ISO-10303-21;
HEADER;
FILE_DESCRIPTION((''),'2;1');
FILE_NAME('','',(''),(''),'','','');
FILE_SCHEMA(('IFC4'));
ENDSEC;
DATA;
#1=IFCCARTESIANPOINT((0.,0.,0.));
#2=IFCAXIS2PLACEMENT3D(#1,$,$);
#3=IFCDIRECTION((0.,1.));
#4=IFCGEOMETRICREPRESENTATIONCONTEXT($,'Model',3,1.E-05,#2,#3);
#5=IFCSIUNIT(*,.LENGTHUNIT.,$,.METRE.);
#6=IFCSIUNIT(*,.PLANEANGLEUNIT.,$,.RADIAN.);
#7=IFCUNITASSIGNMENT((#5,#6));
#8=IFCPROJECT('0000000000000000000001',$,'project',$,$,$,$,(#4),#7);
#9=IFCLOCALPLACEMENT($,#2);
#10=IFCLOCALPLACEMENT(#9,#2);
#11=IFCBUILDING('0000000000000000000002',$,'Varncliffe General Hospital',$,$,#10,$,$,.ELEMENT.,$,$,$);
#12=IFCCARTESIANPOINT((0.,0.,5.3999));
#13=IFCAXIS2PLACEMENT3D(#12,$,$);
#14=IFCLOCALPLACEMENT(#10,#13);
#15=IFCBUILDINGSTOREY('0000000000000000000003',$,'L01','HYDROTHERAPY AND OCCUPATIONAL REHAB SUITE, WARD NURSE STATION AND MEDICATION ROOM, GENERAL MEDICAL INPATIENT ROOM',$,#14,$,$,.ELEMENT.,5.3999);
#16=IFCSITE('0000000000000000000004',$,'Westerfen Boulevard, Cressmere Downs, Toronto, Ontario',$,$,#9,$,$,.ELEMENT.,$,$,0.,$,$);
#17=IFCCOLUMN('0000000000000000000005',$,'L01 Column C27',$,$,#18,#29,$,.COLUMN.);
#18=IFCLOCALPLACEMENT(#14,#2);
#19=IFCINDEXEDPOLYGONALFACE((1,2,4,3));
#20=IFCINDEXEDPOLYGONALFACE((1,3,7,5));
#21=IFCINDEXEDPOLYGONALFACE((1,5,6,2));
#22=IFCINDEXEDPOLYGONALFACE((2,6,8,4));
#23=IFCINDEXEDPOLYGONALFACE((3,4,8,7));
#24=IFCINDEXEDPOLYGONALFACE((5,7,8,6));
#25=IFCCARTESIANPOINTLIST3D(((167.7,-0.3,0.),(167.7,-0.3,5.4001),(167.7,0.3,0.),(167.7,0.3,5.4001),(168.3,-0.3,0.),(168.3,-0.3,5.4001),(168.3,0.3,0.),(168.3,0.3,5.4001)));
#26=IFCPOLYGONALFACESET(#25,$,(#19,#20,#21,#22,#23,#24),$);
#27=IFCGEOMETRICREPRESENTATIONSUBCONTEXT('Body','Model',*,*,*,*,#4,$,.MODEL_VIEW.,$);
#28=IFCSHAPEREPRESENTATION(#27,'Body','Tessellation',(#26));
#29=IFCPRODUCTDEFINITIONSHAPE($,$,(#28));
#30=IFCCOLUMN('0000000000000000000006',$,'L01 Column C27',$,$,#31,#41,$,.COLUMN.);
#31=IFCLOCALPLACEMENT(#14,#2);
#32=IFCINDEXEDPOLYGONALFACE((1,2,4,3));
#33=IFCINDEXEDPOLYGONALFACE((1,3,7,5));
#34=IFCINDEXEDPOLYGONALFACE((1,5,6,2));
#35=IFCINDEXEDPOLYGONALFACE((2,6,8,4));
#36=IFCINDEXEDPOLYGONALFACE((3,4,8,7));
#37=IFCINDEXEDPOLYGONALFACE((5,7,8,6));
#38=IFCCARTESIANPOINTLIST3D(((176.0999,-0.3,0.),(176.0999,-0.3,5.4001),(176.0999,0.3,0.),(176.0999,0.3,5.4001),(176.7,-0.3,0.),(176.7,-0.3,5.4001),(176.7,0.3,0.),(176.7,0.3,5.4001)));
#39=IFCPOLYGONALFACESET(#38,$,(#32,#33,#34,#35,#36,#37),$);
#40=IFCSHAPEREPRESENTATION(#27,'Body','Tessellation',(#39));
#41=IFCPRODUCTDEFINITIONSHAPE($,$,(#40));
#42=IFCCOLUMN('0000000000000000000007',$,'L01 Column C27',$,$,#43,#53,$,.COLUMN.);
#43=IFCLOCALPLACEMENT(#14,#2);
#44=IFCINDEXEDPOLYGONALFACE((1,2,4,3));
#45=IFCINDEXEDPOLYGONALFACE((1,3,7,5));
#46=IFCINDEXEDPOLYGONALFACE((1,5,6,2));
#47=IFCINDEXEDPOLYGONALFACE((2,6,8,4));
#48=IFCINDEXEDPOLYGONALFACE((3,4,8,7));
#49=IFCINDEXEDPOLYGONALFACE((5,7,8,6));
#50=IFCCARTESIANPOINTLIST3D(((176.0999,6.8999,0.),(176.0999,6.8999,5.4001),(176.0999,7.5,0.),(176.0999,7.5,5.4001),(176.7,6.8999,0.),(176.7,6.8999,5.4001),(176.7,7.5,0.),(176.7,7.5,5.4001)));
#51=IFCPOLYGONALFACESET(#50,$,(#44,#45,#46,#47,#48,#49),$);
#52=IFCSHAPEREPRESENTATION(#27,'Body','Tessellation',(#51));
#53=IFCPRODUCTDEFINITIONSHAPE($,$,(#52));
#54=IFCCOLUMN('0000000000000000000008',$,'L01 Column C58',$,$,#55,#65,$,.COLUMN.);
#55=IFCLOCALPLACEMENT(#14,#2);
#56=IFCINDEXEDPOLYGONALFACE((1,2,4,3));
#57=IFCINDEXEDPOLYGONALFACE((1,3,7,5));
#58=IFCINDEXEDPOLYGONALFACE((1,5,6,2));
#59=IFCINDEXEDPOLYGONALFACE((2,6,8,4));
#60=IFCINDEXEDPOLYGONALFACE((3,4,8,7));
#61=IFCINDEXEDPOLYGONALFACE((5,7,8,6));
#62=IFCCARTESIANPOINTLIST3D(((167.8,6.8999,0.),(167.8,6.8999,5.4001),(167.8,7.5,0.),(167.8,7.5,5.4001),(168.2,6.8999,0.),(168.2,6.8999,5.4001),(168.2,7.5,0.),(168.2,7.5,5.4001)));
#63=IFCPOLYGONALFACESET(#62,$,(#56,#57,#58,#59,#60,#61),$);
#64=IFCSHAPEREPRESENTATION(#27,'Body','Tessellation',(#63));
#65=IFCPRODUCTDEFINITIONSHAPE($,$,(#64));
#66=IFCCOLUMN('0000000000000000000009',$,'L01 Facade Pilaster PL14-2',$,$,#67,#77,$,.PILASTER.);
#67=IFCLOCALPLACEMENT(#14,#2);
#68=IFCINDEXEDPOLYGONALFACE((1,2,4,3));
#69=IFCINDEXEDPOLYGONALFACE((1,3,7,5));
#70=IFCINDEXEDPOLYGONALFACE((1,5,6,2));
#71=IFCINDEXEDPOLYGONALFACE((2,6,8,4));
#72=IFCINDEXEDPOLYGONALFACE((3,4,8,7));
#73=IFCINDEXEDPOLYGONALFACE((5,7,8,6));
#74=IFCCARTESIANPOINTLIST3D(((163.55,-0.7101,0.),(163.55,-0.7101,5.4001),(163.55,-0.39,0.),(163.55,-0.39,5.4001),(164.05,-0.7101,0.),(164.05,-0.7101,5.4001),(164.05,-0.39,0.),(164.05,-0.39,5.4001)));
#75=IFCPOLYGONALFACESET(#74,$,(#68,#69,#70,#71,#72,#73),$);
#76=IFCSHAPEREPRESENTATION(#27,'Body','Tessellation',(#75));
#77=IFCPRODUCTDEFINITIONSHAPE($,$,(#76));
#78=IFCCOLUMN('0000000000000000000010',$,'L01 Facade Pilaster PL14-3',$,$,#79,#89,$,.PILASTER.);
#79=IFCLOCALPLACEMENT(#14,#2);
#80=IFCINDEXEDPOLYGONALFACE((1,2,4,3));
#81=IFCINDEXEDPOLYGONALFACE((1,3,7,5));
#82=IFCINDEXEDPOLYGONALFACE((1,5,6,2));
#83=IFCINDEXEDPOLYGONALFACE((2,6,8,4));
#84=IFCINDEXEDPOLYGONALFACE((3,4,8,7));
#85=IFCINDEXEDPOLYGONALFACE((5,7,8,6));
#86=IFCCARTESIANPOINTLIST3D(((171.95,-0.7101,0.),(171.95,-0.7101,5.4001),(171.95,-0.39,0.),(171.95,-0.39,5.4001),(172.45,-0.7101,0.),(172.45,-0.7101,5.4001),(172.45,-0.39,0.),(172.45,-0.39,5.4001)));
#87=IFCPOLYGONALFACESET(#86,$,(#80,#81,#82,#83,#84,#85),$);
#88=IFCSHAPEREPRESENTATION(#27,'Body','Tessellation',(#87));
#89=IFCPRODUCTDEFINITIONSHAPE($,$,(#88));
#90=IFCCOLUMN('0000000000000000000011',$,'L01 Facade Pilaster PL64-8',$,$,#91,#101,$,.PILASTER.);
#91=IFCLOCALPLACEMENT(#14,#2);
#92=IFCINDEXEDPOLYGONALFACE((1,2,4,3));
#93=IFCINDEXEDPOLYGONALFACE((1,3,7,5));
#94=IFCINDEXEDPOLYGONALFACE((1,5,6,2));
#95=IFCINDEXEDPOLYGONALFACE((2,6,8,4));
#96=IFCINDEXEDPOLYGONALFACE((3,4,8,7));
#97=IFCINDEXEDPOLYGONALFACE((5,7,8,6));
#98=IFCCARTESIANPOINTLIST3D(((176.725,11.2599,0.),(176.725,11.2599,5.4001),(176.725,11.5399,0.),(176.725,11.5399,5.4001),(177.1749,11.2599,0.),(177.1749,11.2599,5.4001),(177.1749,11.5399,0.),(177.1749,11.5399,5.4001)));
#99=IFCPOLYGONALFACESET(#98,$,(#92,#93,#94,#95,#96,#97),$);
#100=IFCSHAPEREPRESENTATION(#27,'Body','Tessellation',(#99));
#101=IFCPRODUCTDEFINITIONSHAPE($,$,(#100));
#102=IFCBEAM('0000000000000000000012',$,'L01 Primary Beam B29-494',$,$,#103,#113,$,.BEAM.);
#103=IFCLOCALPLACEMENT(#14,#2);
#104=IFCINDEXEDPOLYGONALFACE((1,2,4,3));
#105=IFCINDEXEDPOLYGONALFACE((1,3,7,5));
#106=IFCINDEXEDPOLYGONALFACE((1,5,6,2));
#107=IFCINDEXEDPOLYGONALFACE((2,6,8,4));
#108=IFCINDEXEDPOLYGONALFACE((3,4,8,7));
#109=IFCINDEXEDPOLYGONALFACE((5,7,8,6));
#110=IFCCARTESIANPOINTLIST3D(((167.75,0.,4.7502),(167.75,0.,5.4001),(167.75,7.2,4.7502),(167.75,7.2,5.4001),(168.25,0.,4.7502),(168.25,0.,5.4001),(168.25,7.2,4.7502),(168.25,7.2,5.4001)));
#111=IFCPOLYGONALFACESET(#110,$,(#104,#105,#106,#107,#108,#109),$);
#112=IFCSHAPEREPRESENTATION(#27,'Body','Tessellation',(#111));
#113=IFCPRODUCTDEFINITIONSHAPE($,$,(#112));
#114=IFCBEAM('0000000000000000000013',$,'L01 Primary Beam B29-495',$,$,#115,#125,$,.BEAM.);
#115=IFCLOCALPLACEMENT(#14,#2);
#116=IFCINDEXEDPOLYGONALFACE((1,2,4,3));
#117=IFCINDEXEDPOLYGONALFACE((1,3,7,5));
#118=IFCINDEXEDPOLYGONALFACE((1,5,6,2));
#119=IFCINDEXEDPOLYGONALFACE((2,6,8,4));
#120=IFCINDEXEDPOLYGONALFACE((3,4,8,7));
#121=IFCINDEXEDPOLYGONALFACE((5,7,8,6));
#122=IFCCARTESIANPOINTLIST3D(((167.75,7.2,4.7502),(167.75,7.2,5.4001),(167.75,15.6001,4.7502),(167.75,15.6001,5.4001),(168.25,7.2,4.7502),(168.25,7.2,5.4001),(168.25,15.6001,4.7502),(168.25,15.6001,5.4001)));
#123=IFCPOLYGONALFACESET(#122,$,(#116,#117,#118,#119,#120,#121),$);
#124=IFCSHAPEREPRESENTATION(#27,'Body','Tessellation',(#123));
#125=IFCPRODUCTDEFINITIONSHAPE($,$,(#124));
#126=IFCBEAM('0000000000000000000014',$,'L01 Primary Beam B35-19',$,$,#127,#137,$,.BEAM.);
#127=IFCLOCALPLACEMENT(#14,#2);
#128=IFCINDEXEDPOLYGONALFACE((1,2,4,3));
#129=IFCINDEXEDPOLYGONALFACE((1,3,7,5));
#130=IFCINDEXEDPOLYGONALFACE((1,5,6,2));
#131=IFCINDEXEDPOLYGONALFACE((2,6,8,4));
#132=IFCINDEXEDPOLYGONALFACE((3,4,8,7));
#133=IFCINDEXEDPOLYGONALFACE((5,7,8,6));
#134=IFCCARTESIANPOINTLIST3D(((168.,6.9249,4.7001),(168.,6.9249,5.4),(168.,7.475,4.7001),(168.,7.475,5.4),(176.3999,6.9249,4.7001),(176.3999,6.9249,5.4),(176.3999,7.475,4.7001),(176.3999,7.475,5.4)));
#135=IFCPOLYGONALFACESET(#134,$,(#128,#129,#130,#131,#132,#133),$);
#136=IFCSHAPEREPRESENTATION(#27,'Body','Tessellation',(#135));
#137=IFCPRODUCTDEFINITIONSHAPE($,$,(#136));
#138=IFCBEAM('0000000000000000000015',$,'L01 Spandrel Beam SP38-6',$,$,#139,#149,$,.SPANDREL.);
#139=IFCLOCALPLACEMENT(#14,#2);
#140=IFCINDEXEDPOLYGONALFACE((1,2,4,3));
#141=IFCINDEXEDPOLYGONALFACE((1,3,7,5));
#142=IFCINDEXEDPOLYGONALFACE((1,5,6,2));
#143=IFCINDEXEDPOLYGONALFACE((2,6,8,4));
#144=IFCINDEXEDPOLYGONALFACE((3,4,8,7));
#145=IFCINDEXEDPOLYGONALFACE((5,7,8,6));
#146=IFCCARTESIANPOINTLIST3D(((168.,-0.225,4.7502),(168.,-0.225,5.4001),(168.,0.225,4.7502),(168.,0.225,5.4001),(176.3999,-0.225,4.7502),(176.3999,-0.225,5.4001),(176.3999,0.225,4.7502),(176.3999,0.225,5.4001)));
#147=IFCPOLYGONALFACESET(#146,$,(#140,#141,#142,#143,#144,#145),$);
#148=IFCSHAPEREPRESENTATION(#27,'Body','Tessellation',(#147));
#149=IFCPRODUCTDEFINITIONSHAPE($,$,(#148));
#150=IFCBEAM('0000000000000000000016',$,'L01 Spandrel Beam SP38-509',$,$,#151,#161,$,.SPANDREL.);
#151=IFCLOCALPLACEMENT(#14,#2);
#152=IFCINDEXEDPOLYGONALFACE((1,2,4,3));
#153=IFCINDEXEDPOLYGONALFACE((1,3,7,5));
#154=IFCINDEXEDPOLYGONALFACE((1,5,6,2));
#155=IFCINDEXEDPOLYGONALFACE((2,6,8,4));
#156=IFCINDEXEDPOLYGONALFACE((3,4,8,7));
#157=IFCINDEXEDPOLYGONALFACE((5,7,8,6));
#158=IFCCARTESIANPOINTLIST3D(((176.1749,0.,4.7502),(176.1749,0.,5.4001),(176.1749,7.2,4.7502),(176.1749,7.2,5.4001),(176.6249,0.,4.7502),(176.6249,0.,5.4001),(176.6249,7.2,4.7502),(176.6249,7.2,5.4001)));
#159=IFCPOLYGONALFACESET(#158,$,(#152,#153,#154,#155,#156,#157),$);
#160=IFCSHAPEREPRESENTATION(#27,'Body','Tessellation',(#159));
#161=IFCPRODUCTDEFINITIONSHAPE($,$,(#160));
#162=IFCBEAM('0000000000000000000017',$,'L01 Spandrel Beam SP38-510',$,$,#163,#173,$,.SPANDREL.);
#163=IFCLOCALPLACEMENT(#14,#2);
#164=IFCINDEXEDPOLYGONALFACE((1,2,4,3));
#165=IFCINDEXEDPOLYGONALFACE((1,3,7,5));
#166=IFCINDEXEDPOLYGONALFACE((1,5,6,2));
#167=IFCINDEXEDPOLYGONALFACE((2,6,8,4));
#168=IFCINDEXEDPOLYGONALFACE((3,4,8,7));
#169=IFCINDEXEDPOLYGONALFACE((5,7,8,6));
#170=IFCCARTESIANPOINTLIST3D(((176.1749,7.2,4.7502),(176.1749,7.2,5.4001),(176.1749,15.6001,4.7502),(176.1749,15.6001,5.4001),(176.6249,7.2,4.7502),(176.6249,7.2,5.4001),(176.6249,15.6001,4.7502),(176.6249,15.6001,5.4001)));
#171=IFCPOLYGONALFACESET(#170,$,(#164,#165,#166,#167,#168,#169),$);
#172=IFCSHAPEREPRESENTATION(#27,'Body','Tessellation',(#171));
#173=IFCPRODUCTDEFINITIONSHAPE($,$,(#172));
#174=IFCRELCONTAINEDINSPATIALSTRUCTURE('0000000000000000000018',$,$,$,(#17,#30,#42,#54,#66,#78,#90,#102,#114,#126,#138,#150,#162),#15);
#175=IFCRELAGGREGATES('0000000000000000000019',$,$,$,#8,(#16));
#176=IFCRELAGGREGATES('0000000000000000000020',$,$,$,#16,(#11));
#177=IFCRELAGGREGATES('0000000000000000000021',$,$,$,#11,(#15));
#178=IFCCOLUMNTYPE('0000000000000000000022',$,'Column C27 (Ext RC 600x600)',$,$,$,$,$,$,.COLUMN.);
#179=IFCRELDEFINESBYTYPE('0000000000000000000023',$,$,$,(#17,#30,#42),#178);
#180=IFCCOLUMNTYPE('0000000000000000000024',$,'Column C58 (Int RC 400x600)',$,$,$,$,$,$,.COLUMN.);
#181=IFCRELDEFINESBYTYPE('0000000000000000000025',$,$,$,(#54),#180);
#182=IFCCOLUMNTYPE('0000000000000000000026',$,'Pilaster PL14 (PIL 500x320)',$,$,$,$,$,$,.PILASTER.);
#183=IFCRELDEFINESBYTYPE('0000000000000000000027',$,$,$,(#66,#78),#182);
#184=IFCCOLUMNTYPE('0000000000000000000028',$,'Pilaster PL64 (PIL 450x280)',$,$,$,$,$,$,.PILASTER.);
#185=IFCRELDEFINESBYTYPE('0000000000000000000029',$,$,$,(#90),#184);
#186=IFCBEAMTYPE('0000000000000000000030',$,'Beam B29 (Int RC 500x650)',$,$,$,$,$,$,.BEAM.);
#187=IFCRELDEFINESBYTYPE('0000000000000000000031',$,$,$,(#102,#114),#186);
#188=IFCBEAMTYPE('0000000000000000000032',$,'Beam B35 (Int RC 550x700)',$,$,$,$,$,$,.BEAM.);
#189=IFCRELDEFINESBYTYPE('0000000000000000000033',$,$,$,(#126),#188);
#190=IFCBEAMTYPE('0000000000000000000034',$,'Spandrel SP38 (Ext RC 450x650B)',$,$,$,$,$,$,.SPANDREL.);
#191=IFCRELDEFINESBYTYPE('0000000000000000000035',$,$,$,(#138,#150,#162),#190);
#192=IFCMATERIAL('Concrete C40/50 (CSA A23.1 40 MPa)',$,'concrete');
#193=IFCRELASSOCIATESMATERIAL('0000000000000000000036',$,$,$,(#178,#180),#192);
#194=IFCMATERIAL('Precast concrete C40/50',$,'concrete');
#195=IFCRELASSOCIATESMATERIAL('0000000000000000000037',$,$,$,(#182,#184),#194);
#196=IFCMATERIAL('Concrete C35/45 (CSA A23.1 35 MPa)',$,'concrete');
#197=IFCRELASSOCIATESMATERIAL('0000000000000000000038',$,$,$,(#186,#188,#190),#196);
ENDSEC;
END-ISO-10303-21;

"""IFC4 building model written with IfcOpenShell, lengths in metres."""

from ifc_helpers import new_model, si_unit, direction, frame, origin, origin_2d, place, context, subcontext, project, spatial, rectangle, extrude, material, material_profile, profile_set, type_object, element, save


model = new_model("IFC4")

# Units and contexts
model_context = context("Model", 3, precision=1e-05, world=origin(), true_north=direction((0.0, 1.0)))
body_context = subcontext(model_context, "Body", "Model", "MODEL_VIEW")
ifc_project = project(units=[si_unit("LENGTHUNIT", "METRE"), si_unit("PLANEANGLEUNIT", "RADIAN")], contexts=[model_context])

# Site, building, storey
site_placement = place(None, origin())
site = spatial("IfcSite", under=ifc_project, at=site_placement, Name="Westerfen Boulevard, Cressmere Downs, Toronto, Ontario", CompositionType="ELEMENT", RefElevation=0.0)
building_placement = place(site_placement, origin())
building = spatial("IfcBuilding", under=site, at=building_placement, Name="Varncliffe General Hospital", CompositionType="ELEMENT")
storey_placement = place(building_placement, frame((0.0, 0.0, 5.3999)))
storey = spatial("IfcBuildingStorey", under=building, at=storey_placement, Name="L01", Description="HYDROTHERAPY AND OCCUPATIONAL REHAB SUITE, WARD NURSE STATION AND MEDICATION ROOM, GENERAL MEDICAL INPATIENT ROOM", CompositionType="ELEMENT", Elevation=5.3999)

# Columns
ifc_material_1 = material(Name="Concrete C40/50 (CSA A23.1 40 MPa)", Category="concrete")
ifc_material_profile_1 = material_profile(ifc_material_1, rectangle(XDim=0.6001, YDim=0.6001, at=origin_2d()), Name="RC 600x600")
ifc_profile_set_1 = profile_set([ifc_material_profile_1], Name="Concrete C40/50 (CSA A23.1 40 MPa)")
column_type_1 = type_object("IfcColumnType", Name="Column C27 (Ext RC 600x600)", PredefinedType="COLUMN", material=ifc_profile_set_1)
for number, where, z_axis, x_axis, name in (
    (1, (168.0, 0.0, 0.0), (0.0, 0.0, 1.0), (1.0, 0.0, 0.0), "L01 Column C27"),
    (2, (176.3999, 0.0, 0.0), (0.0, 0.0, 1.0), (1.0, 0.0, 0.0), "L01 Column C27"),
    (3, (176.3999, 7.2, 0.0), (0.0, 0.0, 1.0), (1.0, 0.0, 0.0), "L01 Column C27"),
):
    element("IfcColumn", number, at=place(storey_placement, frame(where, z_axis=z_axis, x_axis=x_axis)), inside=storey, type_object=column_type_1, Name=name, PredefinedType="COLUMN", context=body_context, shape_type="SweptSolid", body=[
        extrude(rectangle(XDim=0.6001, YDim=0.6001, at=origin_2d()), origin(), (0.0, 0.0, 1.0), 5.4001),
    ])
ifc_material_profile_2 = material_profile(ifc_material_1, rectangle(XDim=0.3999, YDim=0.6001, at=origin_2d()), Name="RC 400x600")
ifc_profile_set_2 = profile_set([ifc_material_profile_2], Name="Concrete C40/50 (CSA A23.1 40 MPa)")
column_type_2 = type_object("IfcColumnType", Name="Column C58 (Int RC 400x600)", PredefinedType="COLUMN", material=ifc_profile_set_2)
column_1_placement = place(storey_placement, frame((168.0, 7.2, 0.0), z_axis=(0.0, 0.0, 1.0), x_axis=(1.0, 0.0, 0.0)))
element("IfcColumn", 4, at=column_1_placement, inside=storey, type_object=column_type_2, Name="L01 Column C58", PredefinedType="COLUMN", context=body_context, shape_type="SweptSolid", body=[
    extrude(rectangle(XDim=0.3999, YDim=0.6001, at=origin_2d()), origin(), (0.0, 0.0, 1.0), 5.4001),
])
ifc_material_2 = material(Name="Precast concrete C40/50", Category="concrete")
ifc_material_profile_3 = material_profile(ifc_material_2, rectangle(XDim=0.5, YDim=0.3201, at=origin_2d()), Name="PIL 500x320")
ifc_profile_set_3 = profile_set([ifc_material_profile_3], Name="Precast concrete C40/50")
column_type_3 = type_object("IfcColumnType", Name="Pilaster PL14 (PIL 500x320)", PredefinedType="PILASTER", material=ifc_profile_set_3)
for number, where, z_axis, x_axis, name in (
    (5, (163.8, -0.55, 0.0), (0.0, 0.0, 1.0), (1.0, 0.0, 0.0), "L01 Facade Pilaster PL14-2"),
    (6, (172.2, -0.55, 0.0), (0.0, 0.0, 1.0), (1.0, 0.0, 0.0), "L01 Facade Pilaster PL14-3"),
):
    element("IfcColumn", number, at=place(storey_placement, frame(where, z_axis=z_axis, x_axis=x_axis)), inside=storey, type_object=column_type_3, Name=name, PredefinedType="PILASTER", context=body_context, shape_type="SweptSolid", body=[
        extrude(rectangle(XDim=0.5, YDim=0.3201, at=origin_2d()), origin(), (0.0, 0.0, 1.0), 5.4001),
    ])
ifc_material_profile_4 = material_profile(ifc_material_2, rectangle(XDim=0.45, YDim=0.28, at=origin_2d()), Name="PIL 450x280")
ifc_profile_set_4 = profile_set([ifc_material_profile_4], Name="Precast concrete C40/50")
column_type_4 = type_object("IfcColumnType", Name="Pilaster PL64 (PIL 450x280)", PredefinedType="PILASTER", material=ifc_profile_set_4)
column_2_placement = place(storey_placement, frame((176.95, 11.3999, 0.0), z_axis=(0.0, 0.0, 1.0), x_axis=(1.0, 0.0, 0.0)))
element("IfcColumn", 7, at=column_2_placement, inside=storey, type_object=column_type_4, Name="L01 Facade Pilaster PL64-8", PredefinedType="PILASTER", context=body_context, shape_type="SweptSolid", body=[
    extrude(rectangle(XDim=0.45, YDim=0.28, at=origin_2d()), origin(), (0.0, 0.0, 1.0), 5.4001),
])

# Beams
ifc_material_3 = material(Name="Concrete C35/45 (CSA A23.1 35 MPa)", Category="concrete")
ifc_material_profile_5 = material_profile(ifc_material_3, rectangle(XDim=0.5, YDim=0.6499, at=origin_2d()), Name="RC 500x650")
ifc_profile_set_5 = profile_set([ifc_material_profile_5], Name="Concrete C35/45 (CSA A23.1 35 MPa)")
beam_type_1 = type_object("IfcBeamType", Name="Beam B29 (Int RC 500x650)", PredefinedType="BEAM", material=ifc_profile_set_5)
beam_1_placement = place(storey_placement, frame((168.0, 0.0, 5.0752), z_axis=(0.0, 1.0, 0.0), x_axis=(-1.0, 0.0, 0.0)))
element("IfcBeam", 8, at=beam_1_placement, inside=storey, type_object=beam_type_1, Name="L01 Primary Beam B29-494", PredefinedType="BEAM", context=body_context, shape_type="SweptSolid", body=[
    extrude(rectangle(XDim=0.5, YDim=0.6499, at=origin_2d()), origin(), (0.0, 0.0, 1.0), 7.2),
])
beam_2_placement = place(storey_placement, frame((168.0, 7.2, 5.0752), z_axis=(0.0, 1.0, 0.0), x_axis=(-1.0, 0.0, 0.0)))
element("IfcBeam", 9, at=beam_2_placement, inside=storey, type_object=beam_type_1, Name="L01 Primary Beam B29-495", PredefinedType="BEAM", context=body_context, shape_type="SweptSolid", body=[
    extrude(rectangle(XDim=0.5, YDim=0.6499, at=origin_2d()), origin(), (0.0, 0.0, 1.0), 8.4001),
])
ifc_material_profile_6 = material_profile(ifc_material_3, rectangle(XDim=0.55, YDim=0.7, at=origin_2d()), Name="RC 550x700")
ifc_profile_set_6 = profile_set([ifc_material_profile_6], Name="Concrete C35/45 (CSA A23.1 35 MPa)")
beam_type_2 = type_object("IfcBeamType", Name="Beam B35 (Int RC 550x700)", PredefinedType="BEAM", material=ifc_profile_set_6)
beam_3_placement = place(storey_placement, frame((168.0, 7.2, 5.05), z_axis=(1.0, 0.0, 0.0), x_axis=(0.0, 1.0, 0.0)))
element("IfcBeam", 10, at=beam_3_placement, inside=storey, type_object=beam_type_2, Name="L01 Primary Beam B35-19", PredefinedType="BEAM", context=body_context, shape_type="SweptSolid", body=[
    extrude(rectangle(XDim=0.55, YDim=0.7, at=origin_2d()), origin(), (0.0, 0.0, 1.0), 8.3999),
])
ifc_material_profile_7 = material_profile(ifc_material_3, rectangle(XDim=0.45, YDim=0.6499, at=origin_2d()), Name="RC 450x650")
ifc_profile_set_7 = profile_set([ifc_material_profile_7], Name="Concrete C35/45 (CSA A23.1 35 MPa)")
beam_type_3 = type_object("IfcBeamType", Name="Spandrel SP38 (Ext RC 450x650B)", PredefinedType="SPANDREL", material=ifc_profile_set_7)
beam_4_placement = place(storey_placement, frame((168.0, 0.0, 5.0752), z_axis=(1.0, 0.0, 0.0), x_axis=(0.0, 1.0, 0.0)))
element("IfcBeam", 11, at=beam_4_placement, inside=storey, type_object=beam_type_3, Name="L01 Spandrel Beam SP38-6", PredefinedType="SPANDREL", context=body_context, shape_type="SweptSolid", body=[
    extrude(rectangle(XDim=0.45, YDim=0.6499, at=origin_2d()), origin(), (0.0, 0.0, 1.0), 8.3999),
])
beam_5_placement = place(storey_placement, frame((176.3999, 0.0, 5.0752), z_axis=(0.0, 1.0, 0.0), x_axis=(-1.0, 0.0, 0.0)))
element("IfcBeam", 12, at=beam_5_placement, inside=storey, type_object=beam_type_3, Name="L01 Spandrel Beam SP38-509", PredefinedType="SPANDREL", context=body_context, shape_type="SweptSolid", body=[
    extrude(rectangle(XDim=0.45, YDim=0.6499, at=origin_2d()), origin(), (0.0, 0.0, 1.0), 7.2),
])
beam_6_placement = place(storey_placement, frame((176.3999, 7.2, 5.0752), z_axis=(0.0, 1.0, 0.0), x_axis=(-1.0, 0.0, 0.0)))
element("IfcBeam", 13, at=beam_6_placement, inside=storey, type_object=beam_type_3, Name="L01 Spandrel Beam SP38-510", PredefinedType="SPANDREL", context=body_context, shape_type="SweptSolid", body=[
    extrude(rectangle(XDim=0.45, YDim=0.6499, at=origin_2d()), origin(), (0.0, 0.0, 1.0), 8.4001),
])

save(model, "model.ifc")
